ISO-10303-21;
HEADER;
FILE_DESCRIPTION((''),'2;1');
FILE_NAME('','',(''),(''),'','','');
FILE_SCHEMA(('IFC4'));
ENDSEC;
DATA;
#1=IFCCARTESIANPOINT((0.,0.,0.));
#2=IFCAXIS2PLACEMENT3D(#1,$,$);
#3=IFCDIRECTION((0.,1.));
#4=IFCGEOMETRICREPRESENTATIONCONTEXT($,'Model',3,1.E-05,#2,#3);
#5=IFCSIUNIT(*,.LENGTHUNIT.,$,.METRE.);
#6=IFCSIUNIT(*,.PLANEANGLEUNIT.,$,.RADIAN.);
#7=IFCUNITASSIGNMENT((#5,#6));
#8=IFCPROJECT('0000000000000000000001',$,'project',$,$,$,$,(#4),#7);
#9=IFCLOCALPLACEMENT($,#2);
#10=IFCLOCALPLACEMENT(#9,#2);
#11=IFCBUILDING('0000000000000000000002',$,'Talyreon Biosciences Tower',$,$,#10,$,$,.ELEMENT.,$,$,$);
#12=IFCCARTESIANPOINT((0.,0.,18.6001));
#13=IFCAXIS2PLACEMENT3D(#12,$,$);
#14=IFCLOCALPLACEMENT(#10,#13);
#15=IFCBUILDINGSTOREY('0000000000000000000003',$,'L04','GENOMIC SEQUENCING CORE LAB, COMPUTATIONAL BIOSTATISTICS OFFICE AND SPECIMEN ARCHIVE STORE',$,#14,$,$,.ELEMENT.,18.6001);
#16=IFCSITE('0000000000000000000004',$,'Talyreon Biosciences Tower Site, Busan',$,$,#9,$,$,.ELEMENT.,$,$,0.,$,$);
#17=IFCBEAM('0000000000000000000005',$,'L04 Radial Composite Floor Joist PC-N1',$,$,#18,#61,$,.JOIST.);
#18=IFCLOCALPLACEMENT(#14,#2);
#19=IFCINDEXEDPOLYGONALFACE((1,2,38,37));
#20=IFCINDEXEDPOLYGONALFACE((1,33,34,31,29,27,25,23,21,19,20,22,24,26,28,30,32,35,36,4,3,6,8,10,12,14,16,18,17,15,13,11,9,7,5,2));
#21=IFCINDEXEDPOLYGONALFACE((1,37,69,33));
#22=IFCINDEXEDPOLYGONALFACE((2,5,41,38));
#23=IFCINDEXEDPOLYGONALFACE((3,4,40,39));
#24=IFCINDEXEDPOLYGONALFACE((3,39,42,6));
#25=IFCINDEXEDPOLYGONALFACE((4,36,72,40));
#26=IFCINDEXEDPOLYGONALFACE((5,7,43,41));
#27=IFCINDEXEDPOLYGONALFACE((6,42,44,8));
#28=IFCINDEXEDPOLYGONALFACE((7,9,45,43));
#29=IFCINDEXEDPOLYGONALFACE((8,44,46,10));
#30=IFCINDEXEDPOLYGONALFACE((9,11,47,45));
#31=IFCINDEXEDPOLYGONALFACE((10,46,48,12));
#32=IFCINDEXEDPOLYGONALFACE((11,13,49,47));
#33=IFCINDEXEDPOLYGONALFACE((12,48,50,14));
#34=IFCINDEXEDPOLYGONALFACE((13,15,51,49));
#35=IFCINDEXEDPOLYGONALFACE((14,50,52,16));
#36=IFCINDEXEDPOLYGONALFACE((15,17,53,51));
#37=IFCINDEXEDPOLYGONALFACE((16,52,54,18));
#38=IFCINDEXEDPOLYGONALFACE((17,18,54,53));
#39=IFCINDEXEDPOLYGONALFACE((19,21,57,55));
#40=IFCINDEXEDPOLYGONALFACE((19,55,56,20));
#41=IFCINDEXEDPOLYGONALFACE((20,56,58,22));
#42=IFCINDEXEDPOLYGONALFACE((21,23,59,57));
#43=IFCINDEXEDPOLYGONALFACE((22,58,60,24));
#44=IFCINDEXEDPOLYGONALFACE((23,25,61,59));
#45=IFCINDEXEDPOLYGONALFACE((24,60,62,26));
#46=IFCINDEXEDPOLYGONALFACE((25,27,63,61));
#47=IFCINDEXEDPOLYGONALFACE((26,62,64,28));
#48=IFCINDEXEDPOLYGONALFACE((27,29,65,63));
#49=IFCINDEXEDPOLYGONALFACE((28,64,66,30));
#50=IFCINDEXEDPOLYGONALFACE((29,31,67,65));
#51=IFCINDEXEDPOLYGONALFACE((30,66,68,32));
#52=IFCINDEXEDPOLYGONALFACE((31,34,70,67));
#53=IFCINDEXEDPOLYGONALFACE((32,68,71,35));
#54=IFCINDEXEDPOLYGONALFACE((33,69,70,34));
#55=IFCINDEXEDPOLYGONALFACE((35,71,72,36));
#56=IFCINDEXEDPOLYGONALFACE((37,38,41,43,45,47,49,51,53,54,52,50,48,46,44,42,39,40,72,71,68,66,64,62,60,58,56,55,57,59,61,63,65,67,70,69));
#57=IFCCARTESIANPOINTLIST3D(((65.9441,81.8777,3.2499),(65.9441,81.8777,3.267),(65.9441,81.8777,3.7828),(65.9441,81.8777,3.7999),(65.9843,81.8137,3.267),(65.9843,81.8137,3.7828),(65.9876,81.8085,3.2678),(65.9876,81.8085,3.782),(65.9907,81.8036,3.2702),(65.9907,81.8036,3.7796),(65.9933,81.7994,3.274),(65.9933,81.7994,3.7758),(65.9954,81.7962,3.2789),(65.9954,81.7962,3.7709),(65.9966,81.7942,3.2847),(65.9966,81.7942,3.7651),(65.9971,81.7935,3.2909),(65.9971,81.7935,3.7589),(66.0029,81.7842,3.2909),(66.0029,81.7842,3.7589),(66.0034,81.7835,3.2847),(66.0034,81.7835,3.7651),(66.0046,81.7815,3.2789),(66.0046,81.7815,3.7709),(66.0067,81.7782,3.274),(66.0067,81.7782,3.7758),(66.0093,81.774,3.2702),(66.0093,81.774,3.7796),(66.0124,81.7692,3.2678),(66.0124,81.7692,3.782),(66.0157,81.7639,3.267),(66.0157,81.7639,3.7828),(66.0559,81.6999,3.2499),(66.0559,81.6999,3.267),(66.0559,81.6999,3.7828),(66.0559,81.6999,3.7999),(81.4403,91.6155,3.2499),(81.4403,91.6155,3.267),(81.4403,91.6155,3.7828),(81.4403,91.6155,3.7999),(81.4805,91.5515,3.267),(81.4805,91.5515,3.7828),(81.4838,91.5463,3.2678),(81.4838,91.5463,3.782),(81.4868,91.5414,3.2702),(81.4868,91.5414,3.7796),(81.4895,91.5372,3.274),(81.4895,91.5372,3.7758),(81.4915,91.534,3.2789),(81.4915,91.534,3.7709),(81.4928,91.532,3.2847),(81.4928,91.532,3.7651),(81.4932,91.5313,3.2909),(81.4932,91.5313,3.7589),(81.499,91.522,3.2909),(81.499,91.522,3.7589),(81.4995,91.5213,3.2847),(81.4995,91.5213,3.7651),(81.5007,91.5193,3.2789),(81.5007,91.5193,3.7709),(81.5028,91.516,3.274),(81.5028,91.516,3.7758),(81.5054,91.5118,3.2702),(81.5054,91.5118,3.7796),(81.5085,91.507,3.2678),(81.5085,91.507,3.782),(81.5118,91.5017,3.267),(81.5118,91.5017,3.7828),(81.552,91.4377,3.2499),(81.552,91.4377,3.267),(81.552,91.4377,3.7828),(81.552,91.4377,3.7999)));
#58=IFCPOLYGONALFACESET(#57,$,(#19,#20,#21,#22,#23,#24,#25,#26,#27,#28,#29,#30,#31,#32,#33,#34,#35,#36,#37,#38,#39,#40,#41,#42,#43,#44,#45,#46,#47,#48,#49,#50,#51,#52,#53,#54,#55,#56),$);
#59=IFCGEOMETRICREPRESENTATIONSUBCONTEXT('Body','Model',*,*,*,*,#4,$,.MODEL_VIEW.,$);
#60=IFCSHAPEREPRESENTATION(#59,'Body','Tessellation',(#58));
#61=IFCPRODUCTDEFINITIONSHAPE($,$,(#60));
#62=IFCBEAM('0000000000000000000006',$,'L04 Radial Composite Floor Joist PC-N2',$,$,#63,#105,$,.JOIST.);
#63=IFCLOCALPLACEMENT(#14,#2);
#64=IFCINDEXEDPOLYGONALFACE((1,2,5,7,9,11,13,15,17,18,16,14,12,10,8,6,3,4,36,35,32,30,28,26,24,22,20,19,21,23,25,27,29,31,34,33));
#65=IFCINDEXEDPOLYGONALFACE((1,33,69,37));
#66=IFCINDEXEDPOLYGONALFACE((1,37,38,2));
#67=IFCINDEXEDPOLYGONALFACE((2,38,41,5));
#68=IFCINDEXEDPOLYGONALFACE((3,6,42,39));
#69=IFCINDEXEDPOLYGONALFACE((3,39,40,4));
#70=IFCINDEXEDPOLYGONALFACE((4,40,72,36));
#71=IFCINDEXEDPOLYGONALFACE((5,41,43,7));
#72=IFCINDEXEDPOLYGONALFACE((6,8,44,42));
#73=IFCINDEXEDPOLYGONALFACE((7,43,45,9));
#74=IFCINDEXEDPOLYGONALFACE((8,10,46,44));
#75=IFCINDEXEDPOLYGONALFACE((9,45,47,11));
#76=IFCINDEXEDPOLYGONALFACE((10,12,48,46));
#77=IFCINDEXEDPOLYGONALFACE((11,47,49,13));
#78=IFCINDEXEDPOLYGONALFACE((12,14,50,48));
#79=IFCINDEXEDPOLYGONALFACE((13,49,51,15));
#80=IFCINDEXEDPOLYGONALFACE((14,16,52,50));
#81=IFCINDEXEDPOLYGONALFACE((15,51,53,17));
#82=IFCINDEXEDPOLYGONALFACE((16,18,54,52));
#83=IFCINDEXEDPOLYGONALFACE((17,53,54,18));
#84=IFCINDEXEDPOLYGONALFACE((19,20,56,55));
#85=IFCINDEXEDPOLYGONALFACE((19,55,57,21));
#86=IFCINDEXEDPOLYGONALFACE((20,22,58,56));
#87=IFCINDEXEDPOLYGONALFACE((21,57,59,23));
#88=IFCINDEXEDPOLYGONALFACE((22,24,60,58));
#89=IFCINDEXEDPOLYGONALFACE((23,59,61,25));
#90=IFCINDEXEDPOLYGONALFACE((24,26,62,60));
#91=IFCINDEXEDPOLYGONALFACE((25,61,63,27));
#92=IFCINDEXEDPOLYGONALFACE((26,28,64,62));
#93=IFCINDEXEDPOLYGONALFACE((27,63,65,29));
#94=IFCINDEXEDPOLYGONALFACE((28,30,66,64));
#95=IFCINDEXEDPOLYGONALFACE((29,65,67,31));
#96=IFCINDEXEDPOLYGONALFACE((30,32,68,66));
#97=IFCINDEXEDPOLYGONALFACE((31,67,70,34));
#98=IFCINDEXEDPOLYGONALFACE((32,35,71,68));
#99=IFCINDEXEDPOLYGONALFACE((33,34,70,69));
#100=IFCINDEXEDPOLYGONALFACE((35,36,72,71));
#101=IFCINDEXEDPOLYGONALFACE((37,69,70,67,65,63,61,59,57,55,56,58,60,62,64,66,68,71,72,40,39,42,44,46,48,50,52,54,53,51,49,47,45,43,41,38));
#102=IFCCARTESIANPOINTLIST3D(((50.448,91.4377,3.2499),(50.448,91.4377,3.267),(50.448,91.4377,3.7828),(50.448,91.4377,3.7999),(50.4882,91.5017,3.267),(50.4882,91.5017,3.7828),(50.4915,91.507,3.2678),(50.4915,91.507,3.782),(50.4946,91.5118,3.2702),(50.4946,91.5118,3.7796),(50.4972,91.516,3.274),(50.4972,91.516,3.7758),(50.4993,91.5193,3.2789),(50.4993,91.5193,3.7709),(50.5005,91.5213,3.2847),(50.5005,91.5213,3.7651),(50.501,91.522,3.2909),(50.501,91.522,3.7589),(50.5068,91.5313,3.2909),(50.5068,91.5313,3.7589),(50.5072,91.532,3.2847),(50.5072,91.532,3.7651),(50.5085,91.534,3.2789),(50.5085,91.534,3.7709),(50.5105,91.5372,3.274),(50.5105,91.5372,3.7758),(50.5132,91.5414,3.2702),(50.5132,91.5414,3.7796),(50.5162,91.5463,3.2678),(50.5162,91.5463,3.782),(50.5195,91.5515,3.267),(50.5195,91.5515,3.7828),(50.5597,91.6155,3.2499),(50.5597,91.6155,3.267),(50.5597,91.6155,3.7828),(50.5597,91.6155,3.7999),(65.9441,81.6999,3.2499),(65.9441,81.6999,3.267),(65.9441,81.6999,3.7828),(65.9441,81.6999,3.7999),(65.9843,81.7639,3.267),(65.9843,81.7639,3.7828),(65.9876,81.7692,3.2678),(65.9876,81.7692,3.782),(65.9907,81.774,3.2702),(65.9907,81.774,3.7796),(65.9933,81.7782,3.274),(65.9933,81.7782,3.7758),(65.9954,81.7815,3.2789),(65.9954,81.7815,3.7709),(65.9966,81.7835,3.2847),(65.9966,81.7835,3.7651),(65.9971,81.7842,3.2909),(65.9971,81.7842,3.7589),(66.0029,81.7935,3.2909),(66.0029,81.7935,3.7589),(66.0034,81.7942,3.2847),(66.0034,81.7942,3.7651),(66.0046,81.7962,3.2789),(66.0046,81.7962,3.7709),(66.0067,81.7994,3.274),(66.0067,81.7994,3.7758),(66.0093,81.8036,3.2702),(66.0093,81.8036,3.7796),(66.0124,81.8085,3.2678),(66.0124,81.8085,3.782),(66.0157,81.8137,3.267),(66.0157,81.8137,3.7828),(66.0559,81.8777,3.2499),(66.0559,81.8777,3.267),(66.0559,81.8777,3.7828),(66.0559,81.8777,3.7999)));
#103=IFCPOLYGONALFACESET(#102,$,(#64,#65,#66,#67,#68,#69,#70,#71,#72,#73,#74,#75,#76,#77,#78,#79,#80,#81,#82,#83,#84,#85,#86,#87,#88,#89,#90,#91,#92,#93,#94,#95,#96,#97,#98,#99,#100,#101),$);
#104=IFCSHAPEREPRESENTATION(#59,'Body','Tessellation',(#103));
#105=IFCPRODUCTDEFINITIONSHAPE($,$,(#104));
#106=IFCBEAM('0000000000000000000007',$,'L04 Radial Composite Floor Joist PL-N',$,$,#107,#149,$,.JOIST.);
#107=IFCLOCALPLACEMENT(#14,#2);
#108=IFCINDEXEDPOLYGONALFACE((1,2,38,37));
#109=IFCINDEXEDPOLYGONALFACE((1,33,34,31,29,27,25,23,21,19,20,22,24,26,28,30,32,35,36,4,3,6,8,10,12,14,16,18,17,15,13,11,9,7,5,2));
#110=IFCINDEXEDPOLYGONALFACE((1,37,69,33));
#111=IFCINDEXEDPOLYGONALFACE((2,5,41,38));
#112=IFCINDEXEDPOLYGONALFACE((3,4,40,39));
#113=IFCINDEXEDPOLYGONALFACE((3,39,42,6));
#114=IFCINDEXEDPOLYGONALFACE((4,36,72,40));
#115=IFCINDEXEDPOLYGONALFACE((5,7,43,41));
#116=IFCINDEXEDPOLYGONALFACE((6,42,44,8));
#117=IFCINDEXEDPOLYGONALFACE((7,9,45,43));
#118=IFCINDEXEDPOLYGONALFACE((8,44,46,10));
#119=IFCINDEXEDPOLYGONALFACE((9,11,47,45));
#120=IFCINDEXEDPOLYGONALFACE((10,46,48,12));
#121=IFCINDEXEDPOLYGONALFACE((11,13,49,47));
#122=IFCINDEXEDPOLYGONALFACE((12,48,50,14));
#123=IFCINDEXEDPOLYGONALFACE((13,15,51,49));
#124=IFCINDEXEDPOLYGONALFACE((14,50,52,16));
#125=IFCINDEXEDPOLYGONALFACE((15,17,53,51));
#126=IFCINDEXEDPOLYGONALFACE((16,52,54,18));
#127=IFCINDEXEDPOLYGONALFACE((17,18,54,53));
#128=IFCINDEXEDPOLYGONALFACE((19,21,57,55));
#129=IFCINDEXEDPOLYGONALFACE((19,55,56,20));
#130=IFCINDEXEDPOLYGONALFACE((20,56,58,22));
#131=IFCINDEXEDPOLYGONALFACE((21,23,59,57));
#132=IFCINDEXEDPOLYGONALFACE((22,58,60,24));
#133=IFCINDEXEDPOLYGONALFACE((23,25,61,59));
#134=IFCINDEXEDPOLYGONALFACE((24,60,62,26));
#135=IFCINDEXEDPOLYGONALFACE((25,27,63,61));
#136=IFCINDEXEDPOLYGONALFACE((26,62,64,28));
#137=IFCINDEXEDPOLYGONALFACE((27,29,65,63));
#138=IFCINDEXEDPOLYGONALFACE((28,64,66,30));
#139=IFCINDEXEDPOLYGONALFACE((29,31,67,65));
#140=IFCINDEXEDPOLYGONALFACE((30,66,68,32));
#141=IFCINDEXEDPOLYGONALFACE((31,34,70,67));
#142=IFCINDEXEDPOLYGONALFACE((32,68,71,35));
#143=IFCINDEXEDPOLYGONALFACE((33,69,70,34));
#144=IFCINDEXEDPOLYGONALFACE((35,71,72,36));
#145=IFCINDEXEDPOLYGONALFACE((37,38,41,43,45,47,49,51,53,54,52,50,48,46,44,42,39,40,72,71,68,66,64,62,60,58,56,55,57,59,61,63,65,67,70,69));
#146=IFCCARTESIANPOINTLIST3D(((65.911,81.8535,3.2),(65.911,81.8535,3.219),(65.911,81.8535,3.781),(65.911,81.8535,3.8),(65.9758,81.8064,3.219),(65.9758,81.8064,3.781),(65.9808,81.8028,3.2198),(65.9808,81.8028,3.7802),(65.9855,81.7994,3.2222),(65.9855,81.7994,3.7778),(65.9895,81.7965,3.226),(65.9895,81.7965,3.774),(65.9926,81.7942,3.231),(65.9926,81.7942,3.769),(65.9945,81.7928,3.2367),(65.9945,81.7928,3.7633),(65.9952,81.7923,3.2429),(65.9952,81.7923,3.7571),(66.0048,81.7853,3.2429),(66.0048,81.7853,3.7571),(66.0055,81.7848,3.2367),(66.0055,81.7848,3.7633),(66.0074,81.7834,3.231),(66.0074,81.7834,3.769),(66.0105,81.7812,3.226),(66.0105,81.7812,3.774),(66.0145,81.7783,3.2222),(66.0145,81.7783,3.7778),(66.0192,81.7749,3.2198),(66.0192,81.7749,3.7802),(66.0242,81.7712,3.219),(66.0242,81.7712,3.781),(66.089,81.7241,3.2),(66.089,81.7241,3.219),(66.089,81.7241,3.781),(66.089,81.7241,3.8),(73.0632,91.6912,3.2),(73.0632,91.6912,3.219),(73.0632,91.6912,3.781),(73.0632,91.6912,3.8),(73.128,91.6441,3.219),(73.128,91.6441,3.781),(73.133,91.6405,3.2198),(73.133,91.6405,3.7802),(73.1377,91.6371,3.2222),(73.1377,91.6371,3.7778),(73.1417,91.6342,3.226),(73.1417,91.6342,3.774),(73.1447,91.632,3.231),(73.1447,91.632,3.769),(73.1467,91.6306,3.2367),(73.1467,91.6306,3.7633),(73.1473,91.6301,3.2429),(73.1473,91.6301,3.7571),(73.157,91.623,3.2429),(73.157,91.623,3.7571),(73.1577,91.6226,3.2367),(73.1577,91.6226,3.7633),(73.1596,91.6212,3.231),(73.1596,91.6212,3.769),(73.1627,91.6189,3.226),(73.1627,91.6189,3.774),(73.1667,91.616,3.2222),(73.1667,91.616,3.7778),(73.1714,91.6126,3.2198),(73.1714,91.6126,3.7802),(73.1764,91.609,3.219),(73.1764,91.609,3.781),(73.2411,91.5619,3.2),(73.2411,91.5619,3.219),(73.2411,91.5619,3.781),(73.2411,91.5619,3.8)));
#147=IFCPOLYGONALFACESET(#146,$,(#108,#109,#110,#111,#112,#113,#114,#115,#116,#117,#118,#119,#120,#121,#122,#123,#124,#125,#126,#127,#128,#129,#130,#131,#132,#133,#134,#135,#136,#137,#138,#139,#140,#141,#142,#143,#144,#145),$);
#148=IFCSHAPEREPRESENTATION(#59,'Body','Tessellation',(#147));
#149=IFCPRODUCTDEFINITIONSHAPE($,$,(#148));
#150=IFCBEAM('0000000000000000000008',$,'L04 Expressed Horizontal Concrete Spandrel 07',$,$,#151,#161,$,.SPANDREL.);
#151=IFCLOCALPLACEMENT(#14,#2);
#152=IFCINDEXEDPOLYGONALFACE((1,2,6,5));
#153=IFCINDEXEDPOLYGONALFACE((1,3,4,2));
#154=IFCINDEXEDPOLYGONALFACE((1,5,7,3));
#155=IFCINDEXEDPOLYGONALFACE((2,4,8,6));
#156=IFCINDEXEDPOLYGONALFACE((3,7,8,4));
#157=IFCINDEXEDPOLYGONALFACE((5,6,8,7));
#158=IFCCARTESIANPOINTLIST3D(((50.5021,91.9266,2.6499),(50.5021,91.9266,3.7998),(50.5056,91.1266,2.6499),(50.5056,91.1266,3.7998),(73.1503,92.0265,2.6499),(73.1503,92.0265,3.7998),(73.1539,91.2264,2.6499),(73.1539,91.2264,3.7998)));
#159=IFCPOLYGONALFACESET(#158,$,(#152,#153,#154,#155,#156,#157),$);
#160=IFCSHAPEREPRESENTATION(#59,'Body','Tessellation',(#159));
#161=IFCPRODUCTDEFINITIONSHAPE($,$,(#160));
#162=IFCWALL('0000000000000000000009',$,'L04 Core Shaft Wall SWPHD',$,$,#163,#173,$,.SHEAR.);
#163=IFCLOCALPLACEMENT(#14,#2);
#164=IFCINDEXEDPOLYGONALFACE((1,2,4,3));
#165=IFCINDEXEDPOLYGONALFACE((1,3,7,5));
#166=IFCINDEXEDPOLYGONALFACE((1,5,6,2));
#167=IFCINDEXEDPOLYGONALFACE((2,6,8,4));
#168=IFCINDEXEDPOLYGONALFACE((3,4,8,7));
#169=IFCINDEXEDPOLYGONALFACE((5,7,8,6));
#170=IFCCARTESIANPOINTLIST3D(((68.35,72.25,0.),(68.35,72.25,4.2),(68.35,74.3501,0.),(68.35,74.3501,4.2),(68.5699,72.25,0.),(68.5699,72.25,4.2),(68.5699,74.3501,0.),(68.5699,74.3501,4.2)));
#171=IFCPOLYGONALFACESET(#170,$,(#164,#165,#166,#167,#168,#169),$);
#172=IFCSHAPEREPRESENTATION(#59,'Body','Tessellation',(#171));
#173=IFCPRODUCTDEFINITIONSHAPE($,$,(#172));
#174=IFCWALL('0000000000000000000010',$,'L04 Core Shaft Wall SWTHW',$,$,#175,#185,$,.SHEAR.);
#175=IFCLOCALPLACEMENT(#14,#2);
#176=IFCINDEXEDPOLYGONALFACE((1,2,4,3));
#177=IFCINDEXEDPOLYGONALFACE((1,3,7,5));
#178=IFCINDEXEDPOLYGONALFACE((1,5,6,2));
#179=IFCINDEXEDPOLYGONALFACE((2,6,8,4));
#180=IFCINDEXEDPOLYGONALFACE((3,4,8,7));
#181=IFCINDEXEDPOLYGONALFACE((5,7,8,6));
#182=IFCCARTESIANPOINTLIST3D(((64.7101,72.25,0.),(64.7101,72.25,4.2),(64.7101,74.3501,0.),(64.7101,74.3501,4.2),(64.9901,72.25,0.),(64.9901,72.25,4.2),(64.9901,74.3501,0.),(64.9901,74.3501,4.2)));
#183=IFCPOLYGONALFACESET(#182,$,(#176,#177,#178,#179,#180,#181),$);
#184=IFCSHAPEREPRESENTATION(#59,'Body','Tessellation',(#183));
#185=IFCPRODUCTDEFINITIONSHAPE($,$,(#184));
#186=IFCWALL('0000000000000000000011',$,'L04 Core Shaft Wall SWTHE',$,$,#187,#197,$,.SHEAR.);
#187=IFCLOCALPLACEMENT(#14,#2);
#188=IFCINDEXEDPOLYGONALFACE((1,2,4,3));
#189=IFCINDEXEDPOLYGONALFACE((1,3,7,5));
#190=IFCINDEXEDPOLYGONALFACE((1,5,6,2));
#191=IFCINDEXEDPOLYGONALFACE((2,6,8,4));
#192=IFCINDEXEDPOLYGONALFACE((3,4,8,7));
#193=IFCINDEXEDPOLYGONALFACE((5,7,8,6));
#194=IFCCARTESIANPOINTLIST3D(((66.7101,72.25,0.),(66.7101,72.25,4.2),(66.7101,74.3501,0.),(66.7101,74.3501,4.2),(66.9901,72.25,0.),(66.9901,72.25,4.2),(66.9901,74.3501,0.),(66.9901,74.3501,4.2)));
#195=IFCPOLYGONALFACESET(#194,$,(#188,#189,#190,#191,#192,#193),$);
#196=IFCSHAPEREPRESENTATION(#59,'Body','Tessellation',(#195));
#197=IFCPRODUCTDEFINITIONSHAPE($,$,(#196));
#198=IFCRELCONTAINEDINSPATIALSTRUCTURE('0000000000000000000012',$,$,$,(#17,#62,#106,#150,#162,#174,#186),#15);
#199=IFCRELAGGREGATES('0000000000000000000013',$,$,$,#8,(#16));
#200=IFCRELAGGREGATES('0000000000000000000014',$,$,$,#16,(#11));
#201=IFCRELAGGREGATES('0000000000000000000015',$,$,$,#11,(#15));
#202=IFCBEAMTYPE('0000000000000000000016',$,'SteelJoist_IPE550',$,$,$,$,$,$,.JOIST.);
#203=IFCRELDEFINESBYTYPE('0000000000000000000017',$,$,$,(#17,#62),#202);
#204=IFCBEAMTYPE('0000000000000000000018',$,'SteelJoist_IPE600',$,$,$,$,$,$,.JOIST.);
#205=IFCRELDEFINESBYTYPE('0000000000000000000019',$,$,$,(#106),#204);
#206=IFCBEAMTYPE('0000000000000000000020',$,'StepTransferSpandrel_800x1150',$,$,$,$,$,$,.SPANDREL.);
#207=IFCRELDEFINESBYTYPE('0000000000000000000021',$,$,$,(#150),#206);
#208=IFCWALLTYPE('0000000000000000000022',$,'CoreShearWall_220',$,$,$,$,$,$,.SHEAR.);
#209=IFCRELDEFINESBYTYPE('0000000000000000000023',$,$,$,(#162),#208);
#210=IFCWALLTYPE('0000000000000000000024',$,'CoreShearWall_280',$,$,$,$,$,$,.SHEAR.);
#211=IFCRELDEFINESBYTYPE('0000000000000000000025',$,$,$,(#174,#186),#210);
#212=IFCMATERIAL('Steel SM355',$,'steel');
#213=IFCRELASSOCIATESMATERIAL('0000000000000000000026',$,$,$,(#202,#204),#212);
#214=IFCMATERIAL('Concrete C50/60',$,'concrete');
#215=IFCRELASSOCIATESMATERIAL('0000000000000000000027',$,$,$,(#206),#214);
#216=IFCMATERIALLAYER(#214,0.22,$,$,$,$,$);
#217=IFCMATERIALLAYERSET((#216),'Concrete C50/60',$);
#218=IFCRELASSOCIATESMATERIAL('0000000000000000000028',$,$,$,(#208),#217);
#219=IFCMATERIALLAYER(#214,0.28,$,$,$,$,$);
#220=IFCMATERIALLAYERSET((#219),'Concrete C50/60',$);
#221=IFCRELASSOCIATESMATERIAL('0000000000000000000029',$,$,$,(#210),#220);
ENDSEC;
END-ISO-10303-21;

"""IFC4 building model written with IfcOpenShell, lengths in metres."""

from ifc_helpers import new_model, si_unit, direction, frame, frame_2d, origin, origin_2d, place, context, subcontext, project, spatial, rectangle, i_section, extrude, material, layer, layer_set, material_profile, profile_set, type_object, element, save


model = new_model("IFC4")

# Units and contexts
model_context = context("Model", 3, precision=1e-05, world=origin(), true_north=direction((0.0, 1.0)))
body_context = subcontext(model_context, "Body", "Model", "MODEL_VIEW")
ifc_project = project(units=[si_unit("LENGTHUNIT", "METRE"), si_unit("PLANEANGLEUNIT", "RADIAN")], contexts=[model_context])

# Site, building, storey
site_placement = place(None, origin())
site = spatial("IfcSite", under=ifc_project, at=site_placement, Name="Talyreon Biosciences Tower Site, Busan", CompositionType="ELEMENT", RefElevation=0.0)
building_placement = place(site_placement, origin())
building = spatial("IfcBuilding", under=site, at=building_placement, Name="Talyreon Biosciences Tower", CompositionType="ELEMENT")
storey_placement = place(building_placement, frame((0.0, 0.0, 18.6001)))
storey = spatial("IfcBuildingStorey", under=building, at=storey_placement, Name="L04", Description="GENOMIC SEQUENCING CORE LAB, COMPUTATIONAL BIOSTATISTICS OFFICE AND SPECIMEN ARCHIVE STORE", CompositionType="ELEMENT", Elevation=18.6001)

# Beams
ifc_material_1 = material(Name="Concrete C50/60", Category="concrete")
ifc_material_2 = material(Name="Steel SM355", Category="steel")
ifc_material_profile_1 = material_profile(ifc_material_2, i_section(OverallWidth=0.21, OverallDepth=0.55, WebThickness=0.011, FlangeThickness=0.0171, FilletRadius=0.0239, at=origin_2d()), Name="IPE550")
ifc_profile_set_1 = profile_set([ifc_material_profile_1], Name="Steel SM355")
beam_type_1 = type_object("IfcBeamType", Name="SteelJoist_IPE550", PredefinedType="JOIST", material=ifc_profile_set_1)
for number, where, z_axis, x_axis, name in (
    (1, (66.0, 81.7888, 3.5249), (0.846701, 0.532069, 0.0), (-0.532069, 0.846701, 0.0), "L04 Radial Composite Floor Joist PC-N1"),
    (2, (66.0, 81.7888, 3.5249), (-0.846701, 0.532069, 0.0), (-0.532069, -0.846701, 0.0), "L04 Radial Composite Floor Joist PC-N2"),
):
    element("IfcBeam", number, at=place(storey_placement, frame(where, z_axis=z_axis, x_axis=x_axis)), inside=storey, type_object=beam_type_1, Name=name, PredefinedType="JOIST", context=body_context, shape_type="SweptSolid", body=[
        extrude(i_section(OverallWidth=0.21, OverallDepth=0.55, WebThickness=0.011, FlangeThickness=0.0171, FilletRadius=0.0239, at=origin_2d()), origin(), (0.0, 0.0, 1.0), 18.3018),
    ])
ifc_material_profile_2 = material_profile(ifc_material_2, i_section(OverallWidth=0.22, OverallDepth=0.6001, WebThickness=0.012, FlangeThickness=0.019, FilletRadius=0.0239, at=origin_2d()), Name="IPE600")
ifc_profile_set_2 = profile_set([ifc_material_profile_2], Name="Steel SM355")
beam_type_2 = type_object("IfcBeamType", Name="SteelJoist_IPE600", PredefinedType="JOIST", material=ifc_profile_set_2)
beam_1_placement = place(storey_placement, frame((66.0, 81.7888, 3.5), z_axis=(0.588034, 0.808836, 0.0), x_axis=(-0.808836, 0.588034, 0.0)))
element("IfcBeam", 3, at=beam_1_placement, inside=storey, type_object=beam_type_2, Name="L04 Radial Composite Floor Joist PL-N", PredefinedType="JOIST", context=body_context, shape_type="SweptSolid", body=[
    extrude(i_section(OverallWidth=0.22, OverallDepth=0.6001, WebThickness=0.012, FlangeThickness=0.019, FilletRadius=0.0239, at=origin_2d()), origin(), (0.0, 0.0, 1.0), 12.1628),
])
ifc_material_profile_3 = material_profile(ifc_material_1, rectangle(XDim=0.8, YDim=1.1499, at=origin_2d()), Name="RCB 800x1150")
ifc_profile_set_3 = profile_set([ifc_material_profile_3], Name="Concrete C50/60")
beam_type_3 = type_object("IfcBeamType", Name="StepTransferSpandrel_800x1150", PredefinedType="SPANDREL", material=ifc_profile_set_3)
beam_2_placement = place(storey_placement, frame((73.1521, 91.6265, 3.2249), z_axis=(-0.99999, -0.004409, 0.0), x_axis=(0.004409, -0.99999, 0.0)))
element("IfcBeam", 4, at=beam_2_placement, inside=storey, type_object=beam_type_3, Name="L04 Expressed Horizontal Concrete Spandrel 07", PredefinedType="SPANDREL", context=body_context, shape_type="SweptSolid", body=[
    extrude(rectangle(XDim=0.8, YDim=1.1499, at=origin_2d()), origin(), (0.0, 0.0, 1.0), 22.6484),
])

# Walls
ifc_layer_1 = layer(ifc_material_1, 0.22)
ifc_layer_set_1 = layer_set([ifc_layer_1], Name="Concrete C50/60")
wall_type_1 = type_object("IfcWallType", Name="CoreShearWall_220", PredefinedType="SHEAR", material=ifc_layer_set_1)
wall_1_placement = place(storey_placement, frame((68.46, 72.25, 0.0), z_axis=(0.0, 0.0, 1.0), x_axis=(0.0, 1.0, 0.0)))
element("IfcWall", 5, at=wall_1_placement, inside=storey, type_object=wall_type_1, Name="L04 Core Shaft Wall SWPHD", PredefinedType="SHEAR", context=body_context, shape_type="SweptSolid", body=[
    extrude(rectangle(XDim=2.1001, YDim=0.22, at=frame_2d((1.05, 0.0))), origin(), (0.0, 0.0, 1.0), 4.2),
])
ifc_layer_2 = layer(ifc_material_1, 0.28)
ifc_layer_set_2 = layer_set([ifc_layer_2], Name="Concrete C50/60")
wall_type_2 = type_object("IfcWallType", Name="CoreShearWall_280", PredefinedType="SHEAR", material=ifc_layer_set_2)
for number, where, z_axis, x_axis, name in (
    (6, (64.8501, 72.25, 0.0), (0.0, 0.0, 1.0), (0.0, 1.0, 0.0), "L04 Core Shaft Wall SWTHW"),
    (7, (66.8501, 72.25, 0.0), (0.0, 0.0, 1.0), (0.0, 1.0, 0.0), "L04 Core Shaft Wall SWTHE"),
):
    element("IfcWall", number, at=place(storey_placement, frame(where, z_axis=z_axis, x_axis=x_axis)), inside=storey, type_object=wall_type_2, Name=name, PredefinedType="SHEAR", context=body_context, shape_type="SweptSolid", body=[
        extrude(rectangle(XDim=2.1001, YDim=0.28, at=frame_2d((1.05, 0.0))), origin(), (0.0, 0.0, 1.0), 4.2),
    ])

save(model, "model.ifc")
